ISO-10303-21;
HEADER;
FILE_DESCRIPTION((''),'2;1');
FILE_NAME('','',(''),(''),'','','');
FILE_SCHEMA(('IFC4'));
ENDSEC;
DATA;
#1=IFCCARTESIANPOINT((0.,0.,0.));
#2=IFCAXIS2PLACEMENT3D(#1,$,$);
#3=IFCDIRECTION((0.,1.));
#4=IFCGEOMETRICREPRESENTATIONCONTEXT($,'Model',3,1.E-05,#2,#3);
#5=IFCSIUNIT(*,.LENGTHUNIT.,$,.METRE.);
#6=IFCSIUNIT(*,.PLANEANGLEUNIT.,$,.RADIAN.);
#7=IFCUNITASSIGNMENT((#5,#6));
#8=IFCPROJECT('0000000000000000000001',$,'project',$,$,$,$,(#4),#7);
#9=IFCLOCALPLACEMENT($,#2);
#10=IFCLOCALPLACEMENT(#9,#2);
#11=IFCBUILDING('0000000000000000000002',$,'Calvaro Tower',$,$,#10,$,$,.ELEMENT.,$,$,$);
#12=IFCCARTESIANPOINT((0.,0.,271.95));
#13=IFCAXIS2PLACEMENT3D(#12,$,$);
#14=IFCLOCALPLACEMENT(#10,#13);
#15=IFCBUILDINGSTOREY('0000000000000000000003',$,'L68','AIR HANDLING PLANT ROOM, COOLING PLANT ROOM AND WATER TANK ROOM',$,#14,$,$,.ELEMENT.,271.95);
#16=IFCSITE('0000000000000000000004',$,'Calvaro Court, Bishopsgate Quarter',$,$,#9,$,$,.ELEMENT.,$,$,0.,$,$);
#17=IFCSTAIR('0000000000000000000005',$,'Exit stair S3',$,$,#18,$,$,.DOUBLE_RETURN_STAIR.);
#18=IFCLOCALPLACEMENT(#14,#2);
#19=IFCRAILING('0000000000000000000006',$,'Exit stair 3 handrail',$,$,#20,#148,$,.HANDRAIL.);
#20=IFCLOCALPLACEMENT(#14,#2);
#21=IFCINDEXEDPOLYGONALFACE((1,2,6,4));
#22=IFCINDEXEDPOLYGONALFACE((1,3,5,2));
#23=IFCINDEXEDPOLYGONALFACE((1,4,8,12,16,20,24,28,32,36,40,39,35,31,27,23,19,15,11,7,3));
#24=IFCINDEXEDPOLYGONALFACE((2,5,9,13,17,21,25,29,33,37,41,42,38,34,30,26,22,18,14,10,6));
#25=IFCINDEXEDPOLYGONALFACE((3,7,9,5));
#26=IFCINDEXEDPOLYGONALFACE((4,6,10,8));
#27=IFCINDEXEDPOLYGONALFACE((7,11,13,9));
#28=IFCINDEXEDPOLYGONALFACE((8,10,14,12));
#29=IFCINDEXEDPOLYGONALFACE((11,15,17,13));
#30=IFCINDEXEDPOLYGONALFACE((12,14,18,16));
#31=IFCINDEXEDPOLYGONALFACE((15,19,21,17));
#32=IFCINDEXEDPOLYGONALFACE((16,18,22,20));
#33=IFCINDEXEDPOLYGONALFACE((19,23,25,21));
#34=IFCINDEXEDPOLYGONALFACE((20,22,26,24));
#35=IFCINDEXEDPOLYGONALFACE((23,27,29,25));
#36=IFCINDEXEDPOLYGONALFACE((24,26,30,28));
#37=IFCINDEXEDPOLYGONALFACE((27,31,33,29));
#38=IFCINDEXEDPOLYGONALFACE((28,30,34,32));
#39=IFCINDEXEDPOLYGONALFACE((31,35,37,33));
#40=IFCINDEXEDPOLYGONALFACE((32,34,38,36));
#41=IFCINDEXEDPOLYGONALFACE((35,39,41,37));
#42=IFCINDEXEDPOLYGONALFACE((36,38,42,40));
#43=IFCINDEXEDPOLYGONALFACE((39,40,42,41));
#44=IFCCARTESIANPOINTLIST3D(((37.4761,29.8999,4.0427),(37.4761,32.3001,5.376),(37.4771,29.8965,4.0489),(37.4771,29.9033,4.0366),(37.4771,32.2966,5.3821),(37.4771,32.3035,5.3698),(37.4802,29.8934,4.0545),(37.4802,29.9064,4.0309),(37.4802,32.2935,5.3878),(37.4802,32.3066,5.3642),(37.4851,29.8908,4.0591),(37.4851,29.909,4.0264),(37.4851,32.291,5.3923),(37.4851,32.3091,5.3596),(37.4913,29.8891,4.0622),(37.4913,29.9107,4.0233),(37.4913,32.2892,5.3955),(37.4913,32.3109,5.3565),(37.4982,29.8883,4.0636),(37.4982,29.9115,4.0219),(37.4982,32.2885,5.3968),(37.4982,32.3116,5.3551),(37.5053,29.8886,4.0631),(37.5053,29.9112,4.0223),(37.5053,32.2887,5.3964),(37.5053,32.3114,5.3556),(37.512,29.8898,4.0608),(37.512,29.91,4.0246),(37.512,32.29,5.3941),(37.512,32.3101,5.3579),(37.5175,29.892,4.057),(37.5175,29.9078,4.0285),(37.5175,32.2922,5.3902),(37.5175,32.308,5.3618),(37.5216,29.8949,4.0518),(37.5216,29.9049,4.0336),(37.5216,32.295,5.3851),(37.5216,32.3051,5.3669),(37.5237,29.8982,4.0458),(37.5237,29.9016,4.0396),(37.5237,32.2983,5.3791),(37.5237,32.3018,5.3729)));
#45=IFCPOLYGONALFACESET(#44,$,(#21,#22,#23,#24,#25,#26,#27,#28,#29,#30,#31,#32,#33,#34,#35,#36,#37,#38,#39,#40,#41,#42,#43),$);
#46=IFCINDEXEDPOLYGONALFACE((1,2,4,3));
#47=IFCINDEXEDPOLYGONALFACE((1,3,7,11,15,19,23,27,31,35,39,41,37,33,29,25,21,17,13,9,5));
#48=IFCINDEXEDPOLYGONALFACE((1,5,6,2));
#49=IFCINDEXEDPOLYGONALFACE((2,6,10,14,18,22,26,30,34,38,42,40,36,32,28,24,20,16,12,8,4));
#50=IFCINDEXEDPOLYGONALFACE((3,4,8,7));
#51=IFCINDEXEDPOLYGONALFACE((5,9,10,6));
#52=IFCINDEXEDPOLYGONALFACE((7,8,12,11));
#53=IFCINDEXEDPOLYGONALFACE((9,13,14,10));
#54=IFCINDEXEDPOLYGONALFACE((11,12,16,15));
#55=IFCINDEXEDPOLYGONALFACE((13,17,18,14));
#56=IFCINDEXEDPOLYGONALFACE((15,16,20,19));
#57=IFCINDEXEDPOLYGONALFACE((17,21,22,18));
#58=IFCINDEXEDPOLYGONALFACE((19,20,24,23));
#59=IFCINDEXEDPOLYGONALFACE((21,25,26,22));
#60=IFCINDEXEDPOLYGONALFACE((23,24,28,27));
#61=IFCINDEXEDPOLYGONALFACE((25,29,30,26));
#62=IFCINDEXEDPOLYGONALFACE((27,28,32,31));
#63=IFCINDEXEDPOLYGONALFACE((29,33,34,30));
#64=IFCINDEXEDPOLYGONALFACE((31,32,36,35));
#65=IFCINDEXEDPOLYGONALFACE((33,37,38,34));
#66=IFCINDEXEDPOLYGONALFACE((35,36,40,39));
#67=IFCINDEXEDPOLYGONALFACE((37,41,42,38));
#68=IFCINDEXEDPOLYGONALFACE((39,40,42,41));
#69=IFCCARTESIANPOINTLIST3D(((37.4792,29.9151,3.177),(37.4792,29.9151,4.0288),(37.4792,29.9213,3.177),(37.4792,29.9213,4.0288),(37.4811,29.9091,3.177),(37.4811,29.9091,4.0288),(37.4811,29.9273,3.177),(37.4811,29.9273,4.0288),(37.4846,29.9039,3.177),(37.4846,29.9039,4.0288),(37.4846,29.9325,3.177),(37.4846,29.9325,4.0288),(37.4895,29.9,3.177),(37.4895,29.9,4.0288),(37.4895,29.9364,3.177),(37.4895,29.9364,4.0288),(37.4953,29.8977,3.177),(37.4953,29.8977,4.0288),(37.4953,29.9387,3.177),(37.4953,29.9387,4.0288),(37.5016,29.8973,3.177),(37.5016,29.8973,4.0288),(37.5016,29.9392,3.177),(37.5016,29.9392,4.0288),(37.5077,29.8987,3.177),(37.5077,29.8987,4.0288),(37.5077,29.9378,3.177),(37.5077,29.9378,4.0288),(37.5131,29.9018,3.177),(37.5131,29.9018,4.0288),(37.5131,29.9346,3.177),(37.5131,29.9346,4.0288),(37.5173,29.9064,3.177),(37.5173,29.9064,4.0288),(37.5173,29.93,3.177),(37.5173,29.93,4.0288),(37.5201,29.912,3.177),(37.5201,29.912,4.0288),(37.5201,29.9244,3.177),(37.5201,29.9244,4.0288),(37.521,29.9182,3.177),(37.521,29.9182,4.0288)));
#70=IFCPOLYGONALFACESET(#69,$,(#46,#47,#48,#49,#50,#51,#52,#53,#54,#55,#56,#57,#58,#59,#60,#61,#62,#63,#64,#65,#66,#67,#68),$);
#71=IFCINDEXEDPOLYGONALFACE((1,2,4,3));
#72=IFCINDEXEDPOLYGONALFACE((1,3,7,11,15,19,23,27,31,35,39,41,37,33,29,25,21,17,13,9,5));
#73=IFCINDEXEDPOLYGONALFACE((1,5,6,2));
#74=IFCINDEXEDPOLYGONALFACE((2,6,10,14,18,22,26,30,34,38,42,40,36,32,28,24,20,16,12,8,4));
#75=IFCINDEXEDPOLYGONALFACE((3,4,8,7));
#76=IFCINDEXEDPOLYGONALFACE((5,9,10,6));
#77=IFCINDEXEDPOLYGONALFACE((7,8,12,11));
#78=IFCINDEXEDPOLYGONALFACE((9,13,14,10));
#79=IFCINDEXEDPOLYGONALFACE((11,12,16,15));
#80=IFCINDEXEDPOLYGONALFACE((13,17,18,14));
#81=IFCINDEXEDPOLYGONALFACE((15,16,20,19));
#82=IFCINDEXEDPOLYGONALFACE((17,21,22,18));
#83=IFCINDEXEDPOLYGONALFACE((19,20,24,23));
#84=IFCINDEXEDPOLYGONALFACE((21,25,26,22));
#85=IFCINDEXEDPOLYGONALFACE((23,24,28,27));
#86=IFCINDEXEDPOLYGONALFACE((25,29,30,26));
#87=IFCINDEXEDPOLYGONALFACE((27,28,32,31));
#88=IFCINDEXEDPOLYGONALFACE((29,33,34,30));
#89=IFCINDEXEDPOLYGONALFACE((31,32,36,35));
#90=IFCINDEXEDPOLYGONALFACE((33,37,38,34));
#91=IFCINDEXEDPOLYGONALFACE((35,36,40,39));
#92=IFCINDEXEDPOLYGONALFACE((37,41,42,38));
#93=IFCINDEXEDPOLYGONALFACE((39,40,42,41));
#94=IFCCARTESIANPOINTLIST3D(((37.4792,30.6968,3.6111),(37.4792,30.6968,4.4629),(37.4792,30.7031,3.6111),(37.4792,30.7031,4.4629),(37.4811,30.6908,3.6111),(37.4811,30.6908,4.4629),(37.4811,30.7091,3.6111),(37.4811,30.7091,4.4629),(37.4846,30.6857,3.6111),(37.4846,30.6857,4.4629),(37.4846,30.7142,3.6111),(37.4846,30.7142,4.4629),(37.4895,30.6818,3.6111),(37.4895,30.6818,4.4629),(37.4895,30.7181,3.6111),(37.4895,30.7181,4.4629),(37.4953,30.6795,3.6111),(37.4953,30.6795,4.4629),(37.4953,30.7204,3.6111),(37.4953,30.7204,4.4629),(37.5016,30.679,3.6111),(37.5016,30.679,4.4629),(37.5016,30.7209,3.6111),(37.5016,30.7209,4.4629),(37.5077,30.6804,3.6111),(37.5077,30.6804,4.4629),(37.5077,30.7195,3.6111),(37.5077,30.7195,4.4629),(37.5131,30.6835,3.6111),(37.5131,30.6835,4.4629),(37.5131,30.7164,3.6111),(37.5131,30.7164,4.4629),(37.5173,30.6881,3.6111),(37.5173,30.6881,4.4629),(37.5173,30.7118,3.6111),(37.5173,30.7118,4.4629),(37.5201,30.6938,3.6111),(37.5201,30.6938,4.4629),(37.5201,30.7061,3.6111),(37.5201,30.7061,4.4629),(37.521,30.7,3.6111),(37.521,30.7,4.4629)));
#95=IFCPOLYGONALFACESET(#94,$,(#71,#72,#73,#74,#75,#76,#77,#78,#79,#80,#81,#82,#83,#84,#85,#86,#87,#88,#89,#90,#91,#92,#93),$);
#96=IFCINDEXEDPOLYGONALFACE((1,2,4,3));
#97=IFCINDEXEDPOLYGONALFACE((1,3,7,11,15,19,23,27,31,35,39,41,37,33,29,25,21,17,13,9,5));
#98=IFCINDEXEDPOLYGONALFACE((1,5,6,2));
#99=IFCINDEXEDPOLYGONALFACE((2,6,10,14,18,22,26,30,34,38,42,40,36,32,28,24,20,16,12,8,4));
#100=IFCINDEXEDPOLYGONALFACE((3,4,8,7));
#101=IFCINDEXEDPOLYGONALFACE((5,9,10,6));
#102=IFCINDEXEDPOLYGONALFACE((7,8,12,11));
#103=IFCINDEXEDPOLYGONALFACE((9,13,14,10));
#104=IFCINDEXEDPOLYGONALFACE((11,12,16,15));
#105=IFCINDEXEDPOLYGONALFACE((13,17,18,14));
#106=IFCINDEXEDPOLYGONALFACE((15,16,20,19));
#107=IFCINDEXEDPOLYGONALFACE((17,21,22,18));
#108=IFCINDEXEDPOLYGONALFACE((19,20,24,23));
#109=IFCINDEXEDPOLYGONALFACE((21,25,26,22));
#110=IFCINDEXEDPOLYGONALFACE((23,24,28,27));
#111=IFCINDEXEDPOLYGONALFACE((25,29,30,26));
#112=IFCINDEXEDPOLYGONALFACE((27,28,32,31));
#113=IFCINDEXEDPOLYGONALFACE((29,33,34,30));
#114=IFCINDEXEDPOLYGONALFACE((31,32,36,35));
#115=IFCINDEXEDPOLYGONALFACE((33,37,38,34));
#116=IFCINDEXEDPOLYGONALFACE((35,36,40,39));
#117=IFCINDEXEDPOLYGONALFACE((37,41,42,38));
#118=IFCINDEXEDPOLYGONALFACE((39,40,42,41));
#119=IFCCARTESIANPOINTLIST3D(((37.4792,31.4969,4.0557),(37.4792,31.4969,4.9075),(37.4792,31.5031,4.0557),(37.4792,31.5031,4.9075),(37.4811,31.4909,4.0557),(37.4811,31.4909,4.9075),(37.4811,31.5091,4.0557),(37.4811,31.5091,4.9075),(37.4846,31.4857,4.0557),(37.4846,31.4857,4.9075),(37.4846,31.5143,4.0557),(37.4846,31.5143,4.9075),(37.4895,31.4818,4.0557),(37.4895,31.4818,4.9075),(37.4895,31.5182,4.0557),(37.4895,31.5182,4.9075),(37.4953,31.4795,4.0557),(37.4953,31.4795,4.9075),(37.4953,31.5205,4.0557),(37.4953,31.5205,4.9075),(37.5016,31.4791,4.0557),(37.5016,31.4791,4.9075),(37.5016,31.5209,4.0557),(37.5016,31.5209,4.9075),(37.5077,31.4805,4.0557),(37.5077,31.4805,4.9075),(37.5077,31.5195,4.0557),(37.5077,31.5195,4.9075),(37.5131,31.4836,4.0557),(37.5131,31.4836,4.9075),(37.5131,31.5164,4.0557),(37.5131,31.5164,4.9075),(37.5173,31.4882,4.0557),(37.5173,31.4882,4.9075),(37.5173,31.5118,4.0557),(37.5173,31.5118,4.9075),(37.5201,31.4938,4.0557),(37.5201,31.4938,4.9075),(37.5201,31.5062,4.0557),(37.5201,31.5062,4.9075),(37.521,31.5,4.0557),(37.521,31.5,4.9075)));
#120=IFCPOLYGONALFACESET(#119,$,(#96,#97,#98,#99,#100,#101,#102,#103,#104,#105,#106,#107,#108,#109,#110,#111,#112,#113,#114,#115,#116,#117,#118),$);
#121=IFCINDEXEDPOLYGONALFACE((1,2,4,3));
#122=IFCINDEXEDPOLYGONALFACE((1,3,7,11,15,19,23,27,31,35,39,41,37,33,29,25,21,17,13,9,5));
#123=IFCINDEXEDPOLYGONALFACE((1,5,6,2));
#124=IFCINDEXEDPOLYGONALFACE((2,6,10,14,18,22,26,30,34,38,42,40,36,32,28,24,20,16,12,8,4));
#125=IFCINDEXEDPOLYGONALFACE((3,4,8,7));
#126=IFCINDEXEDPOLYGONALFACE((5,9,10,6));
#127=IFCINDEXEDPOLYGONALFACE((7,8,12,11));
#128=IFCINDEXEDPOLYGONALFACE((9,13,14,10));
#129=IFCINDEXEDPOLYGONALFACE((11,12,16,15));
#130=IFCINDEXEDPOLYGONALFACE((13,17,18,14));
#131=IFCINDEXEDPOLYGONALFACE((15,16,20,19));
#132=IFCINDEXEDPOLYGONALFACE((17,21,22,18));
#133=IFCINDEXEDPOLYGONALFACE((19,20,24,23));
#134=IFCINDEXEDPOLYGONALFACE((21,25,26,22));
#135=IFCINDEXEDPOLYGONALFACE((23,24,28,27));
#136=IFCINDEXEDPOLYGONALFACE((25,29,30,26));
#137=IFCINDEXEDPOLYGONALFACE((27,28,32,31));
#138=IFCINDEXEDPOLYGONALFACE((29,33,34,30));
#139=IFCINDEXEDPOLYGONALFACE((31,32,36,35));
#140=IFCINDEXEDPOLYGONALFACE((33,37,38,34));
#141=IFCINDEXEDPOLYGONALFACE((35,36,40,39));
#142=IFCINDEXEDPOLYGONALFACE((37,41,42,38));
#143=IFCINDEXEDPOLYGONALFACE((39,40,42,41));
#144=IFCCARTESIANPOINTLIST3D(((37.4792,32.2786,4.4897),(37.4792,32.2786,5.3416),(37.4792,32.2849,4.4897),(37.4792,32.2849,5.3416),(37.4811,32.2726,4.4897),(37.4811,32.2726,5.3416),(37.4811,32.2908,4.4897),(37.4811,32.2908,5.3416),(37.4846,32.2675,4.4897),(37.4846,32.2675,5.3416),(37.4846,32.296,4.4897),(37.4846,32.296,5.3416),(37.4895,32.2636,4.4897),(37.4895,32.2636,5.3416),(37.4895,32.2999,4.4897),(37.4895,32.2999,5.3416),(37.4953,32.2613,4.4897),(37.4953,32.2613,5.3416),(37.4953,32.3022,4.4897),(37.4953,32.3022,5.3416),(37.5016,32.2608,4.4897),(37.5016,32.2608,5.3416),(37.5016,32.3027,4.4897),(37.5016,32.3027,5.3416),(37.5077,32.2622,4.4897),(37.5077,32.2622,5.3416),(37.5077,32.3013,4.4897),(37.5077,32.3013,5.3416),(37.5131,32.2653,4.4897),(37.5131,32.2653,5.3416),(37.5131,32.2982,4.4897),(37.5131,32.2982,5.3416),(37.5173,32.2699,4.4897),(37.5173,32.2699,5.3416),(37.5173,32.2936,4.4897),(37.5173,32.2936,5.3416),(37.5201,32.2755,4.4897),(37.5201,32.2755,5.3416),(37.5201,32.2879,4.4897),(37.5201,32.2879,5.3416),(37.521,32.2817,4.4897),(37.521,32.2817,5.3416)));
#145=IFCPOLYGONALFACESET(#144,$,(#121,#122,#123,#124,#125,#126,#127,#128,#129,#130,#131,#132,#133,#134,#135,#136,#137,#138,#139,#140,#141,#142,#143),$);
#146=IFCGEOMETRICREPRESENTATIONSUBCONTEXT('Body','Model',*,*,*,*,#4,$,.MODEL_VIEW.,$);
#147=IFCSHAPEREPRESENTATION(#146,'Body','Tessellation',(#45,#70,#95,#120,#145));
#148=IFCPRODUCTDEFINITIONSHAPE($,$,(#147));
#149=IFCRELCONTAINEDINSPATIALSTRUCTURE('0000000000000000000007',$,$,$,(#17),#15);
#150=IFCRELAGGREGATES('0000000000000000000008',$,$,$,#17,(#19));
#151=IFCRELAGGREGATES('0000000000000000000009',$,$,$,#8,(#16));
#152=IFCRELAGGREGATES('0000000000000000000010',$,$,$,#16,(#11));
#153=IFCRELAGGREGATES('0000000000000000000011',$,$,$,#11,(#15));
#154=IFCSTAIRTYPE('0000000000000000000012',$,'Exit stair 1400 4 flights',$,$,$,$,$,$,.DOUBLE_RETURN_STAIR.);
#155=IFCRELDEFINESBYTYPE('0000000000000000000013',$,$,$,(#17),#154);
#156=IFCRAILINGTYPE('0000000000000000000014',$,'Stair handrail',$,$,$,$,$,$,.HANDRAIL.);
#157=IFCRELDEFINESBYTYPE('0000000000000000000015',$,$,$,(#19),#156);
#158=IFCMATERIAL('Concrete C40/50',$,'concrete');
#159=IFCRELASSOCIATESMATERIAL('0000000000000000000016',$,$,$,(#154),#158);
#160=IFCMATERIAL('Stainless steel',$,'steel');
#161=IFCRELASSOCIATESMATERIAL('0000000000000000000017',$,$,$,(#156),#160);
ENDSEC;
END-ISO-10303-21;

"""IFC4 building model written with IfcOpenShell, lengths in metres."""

from ifc_helpers import new_model, si_unit, direction, frame, origin, origin_2d, place, context, subcontext, project, spatial, circle, extrude, material, type_object, element, aggregate, save


model = new_model("IFC4")

# Units and contexts
model_context = context("Model", 3, precision=1e-05, world=origin(), true_north=direction((0.0, 1.0)))
body_context = subcontext(model_context, "Body", "Model", "MODEL_VIEW")
ifc_project = project(units=[si_unit("LENGTHUNIT", "METRE"), si_unit("PLANEANGLEUNIT", "RADIAN")], contexts=[model_context])

# Site, building, storey
site_placement = place(None, origin())
site = spatial("IfcSite", under=ifc_project, at=site_placement, Name="Calvaro Court, Bishopsgate Quarter", CompositionType="ELEMENT", RefElevation=0.0)
building_placement = place(site_placement, origin())
building = spatial("IfcBuilding", under=site, at=building_placement, Name="Calvaro Tower", CompositionType="ELEMENT")
storey_placement = place(building_placement, frame((0.0, 0.0, 271.95)))
storey = spatial("IfcBuildingStorey", under=building, at=storey_placement, Name="L68", Description="AIR HANDLING PLANT ROOM, COOLING PLANT ROOM AND WATER TANK ROOM", CompositionType="ELEMENT", Elevation=271.95)

# Stair
ifc_material_1 = material(Name="Concrete C40/50", Category="concrete")
stair_type = type_object("IfcStairType", Name="Exit stair 1400 4 flights", PredefinedType="DOUBLE_RETURN_STAIR", material=ifc_material_1)
stair_placement = place(storey_placement, origin())
stair = element("IfcStair", 1, at=stair_placement, inside=storey, type_object=stair_type, Name="Exit stair S3", PredefinedType="DOUBLE_RETURN_STAIR")

# Railing
ifc_material_2 = material(Name="Stainless steel", Category="steel")
railing_type = type_object("IfcRailingType", Name="Stair handrail", PredefinedType="HANDRAIL", material=ifc_material_2)
railing_1_placement = place(storey_placement, frame((37.5, 29.8999, 3.1667)))
railing_1 = element("IfcRailing", 2, at=railing_1_placement, type_object=railing_type, Name="Exit stair 3 handrail", PredefinedType="HANDRAIL", context=body_context, shape_type="SweptSolid", body=[
    extrude(circle(Radius=0.0239, at=origin_2d()), frame((0.0, 0.0, 0.876), z_axis=(0.0, 0.874182, 0.485598), x_axis=(-1.0, 0.0, 0.0)), (0.0, 0.0, 1.0), 2.7456),
    extrude(circle(Radius=0.021, at=origin_2d()), frame((0.0, 0.0183, 0.0103)), (0.0, 0.0, 1.0), 0.8518),
    extrude(circle(Radius=0.021, at=origin_2d()), frame((0.0, 0.8, 0.4443)), (0.0, 0.0, 1.0), 0.8518),
    extrude(circle(Radius=0.021, at=origin_2d()), frame((0.0, 1.6001, 0.8889)), (0.0, 0.0, 1.0), 0.8518),
    extrude(circle(Radius=0.021, at=origin_2d()), frame((0.0, 2.3818, 1.323)), (0.0, 0.0, 1.0), 0.8518),
])
aggregate(stair, [railing_1])

save(model, "model.ifc")
